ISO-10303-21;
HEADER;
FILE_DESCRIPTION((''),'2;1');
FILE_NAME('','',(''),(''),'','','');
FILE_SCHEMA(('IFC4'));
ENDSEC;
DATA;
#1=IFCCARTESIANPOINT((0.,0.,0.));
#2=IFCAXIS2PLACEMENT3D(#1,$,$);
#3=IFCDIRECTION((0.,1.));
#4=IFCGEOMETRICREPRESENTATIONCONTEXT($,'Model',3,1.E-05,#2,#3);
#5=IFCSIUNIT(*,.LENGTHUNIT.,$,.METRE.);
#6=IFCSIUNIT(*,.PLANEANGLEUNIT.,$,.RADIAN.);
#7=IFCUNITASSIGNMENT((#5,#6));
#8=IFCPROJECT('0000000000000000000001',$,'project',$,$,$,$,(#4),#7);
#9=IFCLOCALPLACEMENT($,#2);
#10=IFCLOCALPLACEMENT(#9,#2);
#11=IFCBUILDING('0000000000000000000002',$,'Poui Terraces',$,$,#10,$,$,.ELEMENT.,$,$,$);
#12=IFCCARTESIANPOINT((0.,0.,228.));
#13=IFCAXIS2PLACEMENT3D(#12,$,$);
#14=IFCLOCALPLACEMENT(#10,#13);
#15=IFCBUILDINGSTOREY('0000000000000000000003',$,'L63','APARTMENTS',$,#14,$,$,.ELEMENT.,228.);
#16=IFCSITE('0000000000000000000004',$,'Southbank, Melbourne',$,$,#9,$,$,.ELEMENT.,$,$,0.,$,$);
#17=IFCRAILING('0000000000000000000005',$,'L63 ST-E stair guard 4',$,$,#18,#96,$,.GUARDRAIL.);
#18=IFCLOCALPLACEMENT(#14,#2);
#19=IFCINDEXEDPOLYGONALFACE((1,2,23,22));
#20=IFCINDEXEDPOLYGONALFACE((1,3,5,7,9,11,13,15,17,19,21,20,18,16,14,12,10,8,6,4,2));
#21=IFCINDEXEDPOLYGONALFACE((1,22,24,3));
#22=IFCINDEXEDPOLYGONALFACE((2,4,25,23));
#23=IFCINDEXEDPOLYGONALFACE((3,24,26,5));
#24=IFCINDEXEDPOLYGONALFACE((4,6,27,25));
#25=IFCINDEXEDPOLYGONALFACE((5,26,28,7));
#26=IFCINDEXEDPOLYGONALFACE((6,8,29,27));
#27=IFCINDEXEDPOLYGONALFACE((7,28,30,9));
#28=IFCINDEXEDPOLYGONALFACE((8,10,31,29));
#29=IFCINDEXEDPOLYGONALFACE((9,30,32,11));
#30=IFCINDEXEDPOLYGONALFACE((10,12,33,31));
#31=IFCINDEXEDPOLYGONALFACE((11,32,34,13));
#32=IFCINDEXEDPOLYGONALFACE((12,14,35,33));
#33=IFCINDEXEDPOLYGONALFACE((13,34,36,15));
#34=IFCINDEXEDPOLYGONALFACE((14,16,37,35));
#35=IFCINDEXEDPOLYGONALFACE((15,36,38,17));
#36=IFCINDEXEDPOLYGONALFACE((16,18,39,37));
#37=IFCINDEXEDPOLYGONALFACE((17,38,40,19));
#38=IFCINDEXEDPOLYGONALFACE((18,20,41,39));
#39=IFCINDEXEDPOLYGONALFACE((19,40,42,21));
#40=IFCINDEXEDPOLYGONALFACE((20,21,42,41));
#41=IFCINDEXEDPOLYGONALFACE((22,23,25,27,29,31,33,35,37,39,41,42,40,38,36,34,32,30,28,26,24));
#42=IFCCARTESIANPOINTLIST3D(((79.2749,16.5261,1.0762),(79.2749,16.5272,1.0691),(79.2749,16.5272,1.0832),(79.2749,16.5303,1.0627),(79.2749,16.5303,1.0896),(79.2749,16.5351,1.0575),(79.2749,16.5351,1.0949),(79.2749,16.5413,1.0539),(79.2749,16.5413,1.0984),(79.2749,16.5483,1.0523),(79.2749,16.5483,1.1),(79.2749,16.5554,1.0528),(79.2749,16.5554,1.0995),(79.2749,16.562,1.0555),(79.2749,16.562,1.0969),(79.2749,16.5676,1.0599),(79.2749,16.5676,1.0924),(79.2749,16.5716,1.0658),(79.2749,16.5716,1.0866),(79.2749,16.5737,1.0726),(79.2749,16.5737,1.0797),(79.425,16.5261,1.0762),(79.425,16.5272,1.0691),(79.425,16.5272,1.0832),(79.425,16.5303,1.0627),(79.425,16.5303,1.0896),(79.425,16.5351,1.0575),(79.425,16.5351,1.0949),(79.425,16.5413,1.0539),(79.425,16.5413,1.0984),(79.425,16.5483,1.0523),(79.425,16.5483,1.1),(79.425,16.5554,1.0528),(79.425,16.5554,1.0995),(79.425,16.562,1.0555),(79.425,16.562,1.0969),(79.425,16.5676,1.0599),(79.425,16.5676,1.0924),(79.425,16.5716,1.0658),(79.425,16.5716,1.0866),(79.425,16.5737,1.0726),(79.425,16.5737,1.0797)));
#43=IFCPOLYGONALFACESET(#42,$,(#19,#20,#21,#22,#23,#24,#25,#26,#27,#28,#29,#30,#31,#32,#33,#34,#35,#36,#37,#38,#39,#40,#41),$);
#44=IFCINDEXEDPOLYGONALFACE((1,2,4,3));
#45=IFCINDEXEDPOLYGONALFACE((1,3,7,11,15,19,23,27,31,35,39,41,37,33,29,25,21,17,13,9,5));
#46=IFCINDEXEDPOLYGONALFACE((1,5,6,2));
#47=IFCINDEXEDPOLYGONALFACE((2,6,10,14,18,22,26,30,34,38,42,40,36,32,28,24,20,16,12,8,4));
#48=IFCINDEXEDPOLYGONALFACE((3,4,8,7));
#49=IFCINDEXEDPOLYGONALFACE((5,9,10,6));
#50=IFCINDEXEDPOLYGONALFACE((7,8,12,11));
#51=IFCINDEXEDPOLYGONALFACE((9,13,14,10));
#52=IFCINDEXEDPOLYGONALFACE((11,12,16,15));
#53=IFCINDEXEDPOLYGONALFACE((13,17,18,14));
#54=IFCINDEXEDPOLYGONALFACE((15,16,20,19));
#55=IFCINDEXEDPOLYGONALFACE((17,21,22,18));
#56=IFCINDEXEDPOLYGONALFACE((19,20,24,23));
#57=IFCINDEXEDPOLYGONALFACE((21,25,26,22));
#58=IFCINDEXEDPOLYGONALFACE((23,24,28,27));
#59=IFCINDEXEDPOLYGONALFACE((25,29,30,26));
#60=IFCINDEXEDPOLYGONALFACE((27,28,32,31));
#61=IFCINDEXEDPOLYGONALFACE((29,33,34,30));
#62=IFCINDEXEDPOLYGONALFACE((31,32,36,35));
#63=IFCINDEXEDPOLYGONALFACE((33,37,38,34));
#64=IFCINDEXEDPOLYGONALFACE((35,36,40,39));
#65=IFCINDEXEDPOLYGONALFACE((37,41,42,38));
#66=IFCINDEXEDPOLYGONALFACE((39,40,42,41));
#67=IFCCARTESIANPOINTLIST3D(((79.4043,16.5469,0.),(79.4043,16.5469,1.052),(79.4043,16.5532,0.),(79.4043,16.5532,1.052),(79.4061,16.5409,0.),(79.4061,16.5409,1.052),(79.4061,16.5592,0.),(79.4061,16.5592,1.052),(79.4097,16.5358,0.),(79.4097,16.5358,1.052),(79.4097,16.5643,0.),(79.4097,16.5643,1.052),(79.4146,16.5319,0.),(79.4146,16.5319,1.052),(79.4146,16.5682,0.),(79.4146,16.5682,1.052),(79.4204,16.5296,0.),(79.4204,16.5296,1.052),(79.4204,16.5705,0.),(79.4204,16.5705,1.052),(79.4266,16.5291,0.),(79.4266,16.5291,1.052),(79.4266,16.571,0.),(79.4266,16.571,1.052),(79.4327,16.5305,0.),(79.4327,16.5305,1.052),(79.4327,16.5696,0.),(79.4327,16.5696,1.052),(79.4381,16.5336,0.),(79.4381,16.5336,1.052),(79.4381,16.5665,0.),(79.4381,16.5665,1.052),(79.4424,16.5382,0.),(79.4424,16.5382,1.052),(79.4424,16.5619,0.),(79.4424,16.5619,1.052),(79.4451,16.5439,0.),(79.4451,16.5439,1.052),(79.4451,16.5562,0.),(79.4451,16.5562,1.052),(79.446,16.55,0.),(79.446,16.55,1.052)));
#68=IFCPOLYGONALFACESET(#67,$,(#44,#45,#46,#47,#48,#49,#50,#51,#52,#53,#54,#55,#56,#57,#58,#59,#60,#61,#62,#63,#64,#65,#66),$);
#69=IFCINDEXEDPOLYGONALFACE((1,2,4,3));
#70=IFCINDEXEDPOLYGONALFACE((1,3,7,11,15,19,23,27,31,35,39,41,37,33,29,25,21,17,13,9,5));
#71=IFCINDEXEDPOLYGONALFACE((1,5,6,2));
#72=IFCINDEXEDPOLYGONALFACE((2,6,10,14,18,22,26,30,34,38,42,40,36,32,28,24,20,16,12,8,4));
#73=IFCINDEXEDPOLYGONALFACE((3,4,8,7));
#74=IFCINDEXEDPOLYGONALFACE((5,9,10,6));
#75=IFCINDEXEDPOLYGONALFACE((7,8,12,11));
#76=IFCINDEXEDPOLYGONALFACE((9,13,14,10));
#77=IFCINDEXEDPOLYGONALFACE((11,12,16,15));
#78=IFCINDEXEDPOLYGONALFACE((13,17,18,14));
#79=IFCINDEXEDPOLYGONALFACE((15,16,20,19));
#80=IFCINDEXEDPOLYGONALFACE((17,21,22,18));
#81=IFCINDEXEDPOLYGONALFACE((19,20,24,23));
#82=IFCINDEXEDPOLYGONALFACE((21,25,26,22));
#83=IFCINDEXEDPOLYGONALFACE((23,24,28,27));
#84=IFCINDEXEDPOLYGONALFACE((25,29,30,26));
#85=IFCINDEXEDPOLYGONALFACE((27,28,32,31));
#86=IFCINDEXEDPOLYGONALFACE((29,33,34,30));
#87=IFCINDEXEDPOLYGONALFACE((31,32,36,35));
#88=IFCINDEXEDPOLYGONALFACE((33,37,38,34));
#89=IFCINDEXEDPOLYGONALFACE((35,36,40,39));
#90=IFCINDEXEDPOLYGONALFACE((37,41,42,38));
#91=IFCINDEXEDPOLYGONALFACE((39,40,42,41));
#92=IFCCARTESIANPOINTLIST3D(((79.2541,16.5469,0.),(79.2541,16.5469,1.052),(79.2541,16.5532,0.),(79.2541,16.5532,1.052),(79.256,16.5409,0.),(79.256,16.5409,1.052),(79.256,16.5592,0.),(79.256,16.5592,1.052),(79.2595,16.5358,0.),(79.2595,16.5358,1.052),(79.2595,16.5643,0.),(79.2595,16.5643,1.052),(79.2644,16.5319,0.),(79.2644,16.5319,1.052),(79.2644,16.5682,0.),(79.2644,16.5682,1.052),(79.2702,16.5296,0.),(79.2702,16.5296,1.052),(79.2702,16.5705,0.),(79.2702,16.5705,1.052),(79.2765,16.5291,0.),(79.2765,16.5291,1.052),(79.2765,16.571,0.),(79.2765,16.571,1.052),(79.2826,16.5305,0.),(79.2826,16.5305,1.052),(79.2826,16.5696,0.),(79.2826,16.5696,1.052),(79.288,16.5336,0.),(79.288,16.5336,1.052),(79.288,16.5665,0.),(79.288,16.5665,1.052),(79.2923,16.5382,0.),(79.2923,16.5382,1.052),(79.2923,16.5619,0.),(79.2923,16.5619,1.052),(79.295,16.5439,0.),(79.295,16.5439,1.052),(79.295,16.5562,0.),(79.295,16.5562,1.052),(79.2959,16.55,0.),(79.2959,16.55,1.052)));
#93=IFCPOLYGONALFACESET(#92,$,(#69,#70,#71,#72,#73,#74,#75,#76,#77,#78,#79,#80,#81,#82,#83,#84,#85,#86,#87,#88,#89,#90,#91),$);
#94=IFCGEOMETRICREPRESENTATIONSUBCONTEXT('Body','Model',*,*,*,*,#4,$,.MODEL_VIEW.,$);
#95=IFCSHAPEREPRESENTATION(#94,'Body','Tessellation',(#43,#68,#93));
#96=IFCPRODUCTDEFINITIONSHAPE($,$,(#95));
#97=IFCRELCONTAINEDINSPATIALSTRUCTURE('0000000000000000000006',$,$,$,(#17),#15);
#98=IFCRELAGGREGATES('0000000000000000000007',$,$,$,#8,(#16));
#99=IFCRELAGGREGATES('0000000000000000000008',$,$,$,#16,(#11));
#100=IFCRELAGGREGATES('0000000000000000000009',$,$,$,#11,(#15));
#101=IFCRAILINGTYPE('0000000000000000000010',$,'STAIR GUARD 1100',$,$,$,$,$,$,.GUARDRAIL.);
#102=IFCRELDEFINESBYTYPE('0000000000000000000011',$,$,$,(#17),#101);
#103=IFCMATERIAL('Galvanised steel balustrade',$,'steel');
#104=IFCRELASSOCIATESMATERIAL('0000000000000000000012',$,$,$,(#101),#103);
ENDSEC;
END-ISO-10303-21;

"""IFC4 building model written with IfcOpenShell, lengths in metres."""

from ifc_helpers import new_model, si_unit, direction, frame, origin, origin_2d, place, context, subcontext, project, spatial, circle, extrude, material, type_object, element, save


model = new_model("IFC4")

# Units and contexts
model_context = context("Model", 3, precision=1e-05, world=origin(), true_north=direction((0.0, 1.0)))
body_context = subcontext(model_context, "Body", "Model", "MODEL_VIEW")
ifc_project = project(units=[si_unit("LENGTHUNIT", "METRE"), si_unit("PLANEANGLEUNIT", "RADIAN")], contexts=[model_context])

# Site, building, storey
site_placement = place(None, origin())
site = spatial("IfcSite", under=ifc_project, at=site_placement, Name="Southbank, Melbourne", CompositionType="ELEMENT", RefElevation=0.0)
building_placement = place(site_placement, origin())
building = spatial("IfcBuilding", under=site, at=building_placement, Name="Poui Terraces", CompositionType="ELEMENT")
storey_placement = place(building_placement, frame((0.0, 0.0, 228.0)))
storey = spatial("IfcBuildingStorey", under=building, at=storey_placement, Name="L63", Description="APARTMENTS", CompositionType="ELEMENT", Elevation=228.0)

# Railing
ifc_material_1 = material(Name="Galvanised steel balustrade", Category="steel")
railing_type_1 = type_object("IfcRailingType", Name="STAIR GUARD 1100", PredefinedType="GUARDRAIL", material=ifc_material_1)
railing_1_placement = place(storey_placement, frame((79.425, 16.55, 0.0)))
element("IfcRailing", 1, at=railing_1_placement, inside=storey, type_object=railing_type_1, Name="L63 ST-E stair guard 4", PredefinedType="GUARDRAIL", context=body_context, shape_type="SweptSolid", body=[
    extrude(circle(Radius=0.0239, at=origin_2d()), frame((0.0, 0.0, 1.0762), z_axis=(-1.0, 0.0, 0.0), x_axis=(0.0, -1.0, 0.0)), (0.0, 0.0, 1.0), 0.1501),
    extrude(circle(Radius=0.021, at=origin_2d()), origin(), (0.0, 0.0, 1.0), 1.052),
    extrude(circle(Radius=0.021, at=origin_2d()), frame((-0.1501, 0.0, 0.0)), (0.0, 0.0, 1.0), 1.052),
])

save(model, "model.ifc")
